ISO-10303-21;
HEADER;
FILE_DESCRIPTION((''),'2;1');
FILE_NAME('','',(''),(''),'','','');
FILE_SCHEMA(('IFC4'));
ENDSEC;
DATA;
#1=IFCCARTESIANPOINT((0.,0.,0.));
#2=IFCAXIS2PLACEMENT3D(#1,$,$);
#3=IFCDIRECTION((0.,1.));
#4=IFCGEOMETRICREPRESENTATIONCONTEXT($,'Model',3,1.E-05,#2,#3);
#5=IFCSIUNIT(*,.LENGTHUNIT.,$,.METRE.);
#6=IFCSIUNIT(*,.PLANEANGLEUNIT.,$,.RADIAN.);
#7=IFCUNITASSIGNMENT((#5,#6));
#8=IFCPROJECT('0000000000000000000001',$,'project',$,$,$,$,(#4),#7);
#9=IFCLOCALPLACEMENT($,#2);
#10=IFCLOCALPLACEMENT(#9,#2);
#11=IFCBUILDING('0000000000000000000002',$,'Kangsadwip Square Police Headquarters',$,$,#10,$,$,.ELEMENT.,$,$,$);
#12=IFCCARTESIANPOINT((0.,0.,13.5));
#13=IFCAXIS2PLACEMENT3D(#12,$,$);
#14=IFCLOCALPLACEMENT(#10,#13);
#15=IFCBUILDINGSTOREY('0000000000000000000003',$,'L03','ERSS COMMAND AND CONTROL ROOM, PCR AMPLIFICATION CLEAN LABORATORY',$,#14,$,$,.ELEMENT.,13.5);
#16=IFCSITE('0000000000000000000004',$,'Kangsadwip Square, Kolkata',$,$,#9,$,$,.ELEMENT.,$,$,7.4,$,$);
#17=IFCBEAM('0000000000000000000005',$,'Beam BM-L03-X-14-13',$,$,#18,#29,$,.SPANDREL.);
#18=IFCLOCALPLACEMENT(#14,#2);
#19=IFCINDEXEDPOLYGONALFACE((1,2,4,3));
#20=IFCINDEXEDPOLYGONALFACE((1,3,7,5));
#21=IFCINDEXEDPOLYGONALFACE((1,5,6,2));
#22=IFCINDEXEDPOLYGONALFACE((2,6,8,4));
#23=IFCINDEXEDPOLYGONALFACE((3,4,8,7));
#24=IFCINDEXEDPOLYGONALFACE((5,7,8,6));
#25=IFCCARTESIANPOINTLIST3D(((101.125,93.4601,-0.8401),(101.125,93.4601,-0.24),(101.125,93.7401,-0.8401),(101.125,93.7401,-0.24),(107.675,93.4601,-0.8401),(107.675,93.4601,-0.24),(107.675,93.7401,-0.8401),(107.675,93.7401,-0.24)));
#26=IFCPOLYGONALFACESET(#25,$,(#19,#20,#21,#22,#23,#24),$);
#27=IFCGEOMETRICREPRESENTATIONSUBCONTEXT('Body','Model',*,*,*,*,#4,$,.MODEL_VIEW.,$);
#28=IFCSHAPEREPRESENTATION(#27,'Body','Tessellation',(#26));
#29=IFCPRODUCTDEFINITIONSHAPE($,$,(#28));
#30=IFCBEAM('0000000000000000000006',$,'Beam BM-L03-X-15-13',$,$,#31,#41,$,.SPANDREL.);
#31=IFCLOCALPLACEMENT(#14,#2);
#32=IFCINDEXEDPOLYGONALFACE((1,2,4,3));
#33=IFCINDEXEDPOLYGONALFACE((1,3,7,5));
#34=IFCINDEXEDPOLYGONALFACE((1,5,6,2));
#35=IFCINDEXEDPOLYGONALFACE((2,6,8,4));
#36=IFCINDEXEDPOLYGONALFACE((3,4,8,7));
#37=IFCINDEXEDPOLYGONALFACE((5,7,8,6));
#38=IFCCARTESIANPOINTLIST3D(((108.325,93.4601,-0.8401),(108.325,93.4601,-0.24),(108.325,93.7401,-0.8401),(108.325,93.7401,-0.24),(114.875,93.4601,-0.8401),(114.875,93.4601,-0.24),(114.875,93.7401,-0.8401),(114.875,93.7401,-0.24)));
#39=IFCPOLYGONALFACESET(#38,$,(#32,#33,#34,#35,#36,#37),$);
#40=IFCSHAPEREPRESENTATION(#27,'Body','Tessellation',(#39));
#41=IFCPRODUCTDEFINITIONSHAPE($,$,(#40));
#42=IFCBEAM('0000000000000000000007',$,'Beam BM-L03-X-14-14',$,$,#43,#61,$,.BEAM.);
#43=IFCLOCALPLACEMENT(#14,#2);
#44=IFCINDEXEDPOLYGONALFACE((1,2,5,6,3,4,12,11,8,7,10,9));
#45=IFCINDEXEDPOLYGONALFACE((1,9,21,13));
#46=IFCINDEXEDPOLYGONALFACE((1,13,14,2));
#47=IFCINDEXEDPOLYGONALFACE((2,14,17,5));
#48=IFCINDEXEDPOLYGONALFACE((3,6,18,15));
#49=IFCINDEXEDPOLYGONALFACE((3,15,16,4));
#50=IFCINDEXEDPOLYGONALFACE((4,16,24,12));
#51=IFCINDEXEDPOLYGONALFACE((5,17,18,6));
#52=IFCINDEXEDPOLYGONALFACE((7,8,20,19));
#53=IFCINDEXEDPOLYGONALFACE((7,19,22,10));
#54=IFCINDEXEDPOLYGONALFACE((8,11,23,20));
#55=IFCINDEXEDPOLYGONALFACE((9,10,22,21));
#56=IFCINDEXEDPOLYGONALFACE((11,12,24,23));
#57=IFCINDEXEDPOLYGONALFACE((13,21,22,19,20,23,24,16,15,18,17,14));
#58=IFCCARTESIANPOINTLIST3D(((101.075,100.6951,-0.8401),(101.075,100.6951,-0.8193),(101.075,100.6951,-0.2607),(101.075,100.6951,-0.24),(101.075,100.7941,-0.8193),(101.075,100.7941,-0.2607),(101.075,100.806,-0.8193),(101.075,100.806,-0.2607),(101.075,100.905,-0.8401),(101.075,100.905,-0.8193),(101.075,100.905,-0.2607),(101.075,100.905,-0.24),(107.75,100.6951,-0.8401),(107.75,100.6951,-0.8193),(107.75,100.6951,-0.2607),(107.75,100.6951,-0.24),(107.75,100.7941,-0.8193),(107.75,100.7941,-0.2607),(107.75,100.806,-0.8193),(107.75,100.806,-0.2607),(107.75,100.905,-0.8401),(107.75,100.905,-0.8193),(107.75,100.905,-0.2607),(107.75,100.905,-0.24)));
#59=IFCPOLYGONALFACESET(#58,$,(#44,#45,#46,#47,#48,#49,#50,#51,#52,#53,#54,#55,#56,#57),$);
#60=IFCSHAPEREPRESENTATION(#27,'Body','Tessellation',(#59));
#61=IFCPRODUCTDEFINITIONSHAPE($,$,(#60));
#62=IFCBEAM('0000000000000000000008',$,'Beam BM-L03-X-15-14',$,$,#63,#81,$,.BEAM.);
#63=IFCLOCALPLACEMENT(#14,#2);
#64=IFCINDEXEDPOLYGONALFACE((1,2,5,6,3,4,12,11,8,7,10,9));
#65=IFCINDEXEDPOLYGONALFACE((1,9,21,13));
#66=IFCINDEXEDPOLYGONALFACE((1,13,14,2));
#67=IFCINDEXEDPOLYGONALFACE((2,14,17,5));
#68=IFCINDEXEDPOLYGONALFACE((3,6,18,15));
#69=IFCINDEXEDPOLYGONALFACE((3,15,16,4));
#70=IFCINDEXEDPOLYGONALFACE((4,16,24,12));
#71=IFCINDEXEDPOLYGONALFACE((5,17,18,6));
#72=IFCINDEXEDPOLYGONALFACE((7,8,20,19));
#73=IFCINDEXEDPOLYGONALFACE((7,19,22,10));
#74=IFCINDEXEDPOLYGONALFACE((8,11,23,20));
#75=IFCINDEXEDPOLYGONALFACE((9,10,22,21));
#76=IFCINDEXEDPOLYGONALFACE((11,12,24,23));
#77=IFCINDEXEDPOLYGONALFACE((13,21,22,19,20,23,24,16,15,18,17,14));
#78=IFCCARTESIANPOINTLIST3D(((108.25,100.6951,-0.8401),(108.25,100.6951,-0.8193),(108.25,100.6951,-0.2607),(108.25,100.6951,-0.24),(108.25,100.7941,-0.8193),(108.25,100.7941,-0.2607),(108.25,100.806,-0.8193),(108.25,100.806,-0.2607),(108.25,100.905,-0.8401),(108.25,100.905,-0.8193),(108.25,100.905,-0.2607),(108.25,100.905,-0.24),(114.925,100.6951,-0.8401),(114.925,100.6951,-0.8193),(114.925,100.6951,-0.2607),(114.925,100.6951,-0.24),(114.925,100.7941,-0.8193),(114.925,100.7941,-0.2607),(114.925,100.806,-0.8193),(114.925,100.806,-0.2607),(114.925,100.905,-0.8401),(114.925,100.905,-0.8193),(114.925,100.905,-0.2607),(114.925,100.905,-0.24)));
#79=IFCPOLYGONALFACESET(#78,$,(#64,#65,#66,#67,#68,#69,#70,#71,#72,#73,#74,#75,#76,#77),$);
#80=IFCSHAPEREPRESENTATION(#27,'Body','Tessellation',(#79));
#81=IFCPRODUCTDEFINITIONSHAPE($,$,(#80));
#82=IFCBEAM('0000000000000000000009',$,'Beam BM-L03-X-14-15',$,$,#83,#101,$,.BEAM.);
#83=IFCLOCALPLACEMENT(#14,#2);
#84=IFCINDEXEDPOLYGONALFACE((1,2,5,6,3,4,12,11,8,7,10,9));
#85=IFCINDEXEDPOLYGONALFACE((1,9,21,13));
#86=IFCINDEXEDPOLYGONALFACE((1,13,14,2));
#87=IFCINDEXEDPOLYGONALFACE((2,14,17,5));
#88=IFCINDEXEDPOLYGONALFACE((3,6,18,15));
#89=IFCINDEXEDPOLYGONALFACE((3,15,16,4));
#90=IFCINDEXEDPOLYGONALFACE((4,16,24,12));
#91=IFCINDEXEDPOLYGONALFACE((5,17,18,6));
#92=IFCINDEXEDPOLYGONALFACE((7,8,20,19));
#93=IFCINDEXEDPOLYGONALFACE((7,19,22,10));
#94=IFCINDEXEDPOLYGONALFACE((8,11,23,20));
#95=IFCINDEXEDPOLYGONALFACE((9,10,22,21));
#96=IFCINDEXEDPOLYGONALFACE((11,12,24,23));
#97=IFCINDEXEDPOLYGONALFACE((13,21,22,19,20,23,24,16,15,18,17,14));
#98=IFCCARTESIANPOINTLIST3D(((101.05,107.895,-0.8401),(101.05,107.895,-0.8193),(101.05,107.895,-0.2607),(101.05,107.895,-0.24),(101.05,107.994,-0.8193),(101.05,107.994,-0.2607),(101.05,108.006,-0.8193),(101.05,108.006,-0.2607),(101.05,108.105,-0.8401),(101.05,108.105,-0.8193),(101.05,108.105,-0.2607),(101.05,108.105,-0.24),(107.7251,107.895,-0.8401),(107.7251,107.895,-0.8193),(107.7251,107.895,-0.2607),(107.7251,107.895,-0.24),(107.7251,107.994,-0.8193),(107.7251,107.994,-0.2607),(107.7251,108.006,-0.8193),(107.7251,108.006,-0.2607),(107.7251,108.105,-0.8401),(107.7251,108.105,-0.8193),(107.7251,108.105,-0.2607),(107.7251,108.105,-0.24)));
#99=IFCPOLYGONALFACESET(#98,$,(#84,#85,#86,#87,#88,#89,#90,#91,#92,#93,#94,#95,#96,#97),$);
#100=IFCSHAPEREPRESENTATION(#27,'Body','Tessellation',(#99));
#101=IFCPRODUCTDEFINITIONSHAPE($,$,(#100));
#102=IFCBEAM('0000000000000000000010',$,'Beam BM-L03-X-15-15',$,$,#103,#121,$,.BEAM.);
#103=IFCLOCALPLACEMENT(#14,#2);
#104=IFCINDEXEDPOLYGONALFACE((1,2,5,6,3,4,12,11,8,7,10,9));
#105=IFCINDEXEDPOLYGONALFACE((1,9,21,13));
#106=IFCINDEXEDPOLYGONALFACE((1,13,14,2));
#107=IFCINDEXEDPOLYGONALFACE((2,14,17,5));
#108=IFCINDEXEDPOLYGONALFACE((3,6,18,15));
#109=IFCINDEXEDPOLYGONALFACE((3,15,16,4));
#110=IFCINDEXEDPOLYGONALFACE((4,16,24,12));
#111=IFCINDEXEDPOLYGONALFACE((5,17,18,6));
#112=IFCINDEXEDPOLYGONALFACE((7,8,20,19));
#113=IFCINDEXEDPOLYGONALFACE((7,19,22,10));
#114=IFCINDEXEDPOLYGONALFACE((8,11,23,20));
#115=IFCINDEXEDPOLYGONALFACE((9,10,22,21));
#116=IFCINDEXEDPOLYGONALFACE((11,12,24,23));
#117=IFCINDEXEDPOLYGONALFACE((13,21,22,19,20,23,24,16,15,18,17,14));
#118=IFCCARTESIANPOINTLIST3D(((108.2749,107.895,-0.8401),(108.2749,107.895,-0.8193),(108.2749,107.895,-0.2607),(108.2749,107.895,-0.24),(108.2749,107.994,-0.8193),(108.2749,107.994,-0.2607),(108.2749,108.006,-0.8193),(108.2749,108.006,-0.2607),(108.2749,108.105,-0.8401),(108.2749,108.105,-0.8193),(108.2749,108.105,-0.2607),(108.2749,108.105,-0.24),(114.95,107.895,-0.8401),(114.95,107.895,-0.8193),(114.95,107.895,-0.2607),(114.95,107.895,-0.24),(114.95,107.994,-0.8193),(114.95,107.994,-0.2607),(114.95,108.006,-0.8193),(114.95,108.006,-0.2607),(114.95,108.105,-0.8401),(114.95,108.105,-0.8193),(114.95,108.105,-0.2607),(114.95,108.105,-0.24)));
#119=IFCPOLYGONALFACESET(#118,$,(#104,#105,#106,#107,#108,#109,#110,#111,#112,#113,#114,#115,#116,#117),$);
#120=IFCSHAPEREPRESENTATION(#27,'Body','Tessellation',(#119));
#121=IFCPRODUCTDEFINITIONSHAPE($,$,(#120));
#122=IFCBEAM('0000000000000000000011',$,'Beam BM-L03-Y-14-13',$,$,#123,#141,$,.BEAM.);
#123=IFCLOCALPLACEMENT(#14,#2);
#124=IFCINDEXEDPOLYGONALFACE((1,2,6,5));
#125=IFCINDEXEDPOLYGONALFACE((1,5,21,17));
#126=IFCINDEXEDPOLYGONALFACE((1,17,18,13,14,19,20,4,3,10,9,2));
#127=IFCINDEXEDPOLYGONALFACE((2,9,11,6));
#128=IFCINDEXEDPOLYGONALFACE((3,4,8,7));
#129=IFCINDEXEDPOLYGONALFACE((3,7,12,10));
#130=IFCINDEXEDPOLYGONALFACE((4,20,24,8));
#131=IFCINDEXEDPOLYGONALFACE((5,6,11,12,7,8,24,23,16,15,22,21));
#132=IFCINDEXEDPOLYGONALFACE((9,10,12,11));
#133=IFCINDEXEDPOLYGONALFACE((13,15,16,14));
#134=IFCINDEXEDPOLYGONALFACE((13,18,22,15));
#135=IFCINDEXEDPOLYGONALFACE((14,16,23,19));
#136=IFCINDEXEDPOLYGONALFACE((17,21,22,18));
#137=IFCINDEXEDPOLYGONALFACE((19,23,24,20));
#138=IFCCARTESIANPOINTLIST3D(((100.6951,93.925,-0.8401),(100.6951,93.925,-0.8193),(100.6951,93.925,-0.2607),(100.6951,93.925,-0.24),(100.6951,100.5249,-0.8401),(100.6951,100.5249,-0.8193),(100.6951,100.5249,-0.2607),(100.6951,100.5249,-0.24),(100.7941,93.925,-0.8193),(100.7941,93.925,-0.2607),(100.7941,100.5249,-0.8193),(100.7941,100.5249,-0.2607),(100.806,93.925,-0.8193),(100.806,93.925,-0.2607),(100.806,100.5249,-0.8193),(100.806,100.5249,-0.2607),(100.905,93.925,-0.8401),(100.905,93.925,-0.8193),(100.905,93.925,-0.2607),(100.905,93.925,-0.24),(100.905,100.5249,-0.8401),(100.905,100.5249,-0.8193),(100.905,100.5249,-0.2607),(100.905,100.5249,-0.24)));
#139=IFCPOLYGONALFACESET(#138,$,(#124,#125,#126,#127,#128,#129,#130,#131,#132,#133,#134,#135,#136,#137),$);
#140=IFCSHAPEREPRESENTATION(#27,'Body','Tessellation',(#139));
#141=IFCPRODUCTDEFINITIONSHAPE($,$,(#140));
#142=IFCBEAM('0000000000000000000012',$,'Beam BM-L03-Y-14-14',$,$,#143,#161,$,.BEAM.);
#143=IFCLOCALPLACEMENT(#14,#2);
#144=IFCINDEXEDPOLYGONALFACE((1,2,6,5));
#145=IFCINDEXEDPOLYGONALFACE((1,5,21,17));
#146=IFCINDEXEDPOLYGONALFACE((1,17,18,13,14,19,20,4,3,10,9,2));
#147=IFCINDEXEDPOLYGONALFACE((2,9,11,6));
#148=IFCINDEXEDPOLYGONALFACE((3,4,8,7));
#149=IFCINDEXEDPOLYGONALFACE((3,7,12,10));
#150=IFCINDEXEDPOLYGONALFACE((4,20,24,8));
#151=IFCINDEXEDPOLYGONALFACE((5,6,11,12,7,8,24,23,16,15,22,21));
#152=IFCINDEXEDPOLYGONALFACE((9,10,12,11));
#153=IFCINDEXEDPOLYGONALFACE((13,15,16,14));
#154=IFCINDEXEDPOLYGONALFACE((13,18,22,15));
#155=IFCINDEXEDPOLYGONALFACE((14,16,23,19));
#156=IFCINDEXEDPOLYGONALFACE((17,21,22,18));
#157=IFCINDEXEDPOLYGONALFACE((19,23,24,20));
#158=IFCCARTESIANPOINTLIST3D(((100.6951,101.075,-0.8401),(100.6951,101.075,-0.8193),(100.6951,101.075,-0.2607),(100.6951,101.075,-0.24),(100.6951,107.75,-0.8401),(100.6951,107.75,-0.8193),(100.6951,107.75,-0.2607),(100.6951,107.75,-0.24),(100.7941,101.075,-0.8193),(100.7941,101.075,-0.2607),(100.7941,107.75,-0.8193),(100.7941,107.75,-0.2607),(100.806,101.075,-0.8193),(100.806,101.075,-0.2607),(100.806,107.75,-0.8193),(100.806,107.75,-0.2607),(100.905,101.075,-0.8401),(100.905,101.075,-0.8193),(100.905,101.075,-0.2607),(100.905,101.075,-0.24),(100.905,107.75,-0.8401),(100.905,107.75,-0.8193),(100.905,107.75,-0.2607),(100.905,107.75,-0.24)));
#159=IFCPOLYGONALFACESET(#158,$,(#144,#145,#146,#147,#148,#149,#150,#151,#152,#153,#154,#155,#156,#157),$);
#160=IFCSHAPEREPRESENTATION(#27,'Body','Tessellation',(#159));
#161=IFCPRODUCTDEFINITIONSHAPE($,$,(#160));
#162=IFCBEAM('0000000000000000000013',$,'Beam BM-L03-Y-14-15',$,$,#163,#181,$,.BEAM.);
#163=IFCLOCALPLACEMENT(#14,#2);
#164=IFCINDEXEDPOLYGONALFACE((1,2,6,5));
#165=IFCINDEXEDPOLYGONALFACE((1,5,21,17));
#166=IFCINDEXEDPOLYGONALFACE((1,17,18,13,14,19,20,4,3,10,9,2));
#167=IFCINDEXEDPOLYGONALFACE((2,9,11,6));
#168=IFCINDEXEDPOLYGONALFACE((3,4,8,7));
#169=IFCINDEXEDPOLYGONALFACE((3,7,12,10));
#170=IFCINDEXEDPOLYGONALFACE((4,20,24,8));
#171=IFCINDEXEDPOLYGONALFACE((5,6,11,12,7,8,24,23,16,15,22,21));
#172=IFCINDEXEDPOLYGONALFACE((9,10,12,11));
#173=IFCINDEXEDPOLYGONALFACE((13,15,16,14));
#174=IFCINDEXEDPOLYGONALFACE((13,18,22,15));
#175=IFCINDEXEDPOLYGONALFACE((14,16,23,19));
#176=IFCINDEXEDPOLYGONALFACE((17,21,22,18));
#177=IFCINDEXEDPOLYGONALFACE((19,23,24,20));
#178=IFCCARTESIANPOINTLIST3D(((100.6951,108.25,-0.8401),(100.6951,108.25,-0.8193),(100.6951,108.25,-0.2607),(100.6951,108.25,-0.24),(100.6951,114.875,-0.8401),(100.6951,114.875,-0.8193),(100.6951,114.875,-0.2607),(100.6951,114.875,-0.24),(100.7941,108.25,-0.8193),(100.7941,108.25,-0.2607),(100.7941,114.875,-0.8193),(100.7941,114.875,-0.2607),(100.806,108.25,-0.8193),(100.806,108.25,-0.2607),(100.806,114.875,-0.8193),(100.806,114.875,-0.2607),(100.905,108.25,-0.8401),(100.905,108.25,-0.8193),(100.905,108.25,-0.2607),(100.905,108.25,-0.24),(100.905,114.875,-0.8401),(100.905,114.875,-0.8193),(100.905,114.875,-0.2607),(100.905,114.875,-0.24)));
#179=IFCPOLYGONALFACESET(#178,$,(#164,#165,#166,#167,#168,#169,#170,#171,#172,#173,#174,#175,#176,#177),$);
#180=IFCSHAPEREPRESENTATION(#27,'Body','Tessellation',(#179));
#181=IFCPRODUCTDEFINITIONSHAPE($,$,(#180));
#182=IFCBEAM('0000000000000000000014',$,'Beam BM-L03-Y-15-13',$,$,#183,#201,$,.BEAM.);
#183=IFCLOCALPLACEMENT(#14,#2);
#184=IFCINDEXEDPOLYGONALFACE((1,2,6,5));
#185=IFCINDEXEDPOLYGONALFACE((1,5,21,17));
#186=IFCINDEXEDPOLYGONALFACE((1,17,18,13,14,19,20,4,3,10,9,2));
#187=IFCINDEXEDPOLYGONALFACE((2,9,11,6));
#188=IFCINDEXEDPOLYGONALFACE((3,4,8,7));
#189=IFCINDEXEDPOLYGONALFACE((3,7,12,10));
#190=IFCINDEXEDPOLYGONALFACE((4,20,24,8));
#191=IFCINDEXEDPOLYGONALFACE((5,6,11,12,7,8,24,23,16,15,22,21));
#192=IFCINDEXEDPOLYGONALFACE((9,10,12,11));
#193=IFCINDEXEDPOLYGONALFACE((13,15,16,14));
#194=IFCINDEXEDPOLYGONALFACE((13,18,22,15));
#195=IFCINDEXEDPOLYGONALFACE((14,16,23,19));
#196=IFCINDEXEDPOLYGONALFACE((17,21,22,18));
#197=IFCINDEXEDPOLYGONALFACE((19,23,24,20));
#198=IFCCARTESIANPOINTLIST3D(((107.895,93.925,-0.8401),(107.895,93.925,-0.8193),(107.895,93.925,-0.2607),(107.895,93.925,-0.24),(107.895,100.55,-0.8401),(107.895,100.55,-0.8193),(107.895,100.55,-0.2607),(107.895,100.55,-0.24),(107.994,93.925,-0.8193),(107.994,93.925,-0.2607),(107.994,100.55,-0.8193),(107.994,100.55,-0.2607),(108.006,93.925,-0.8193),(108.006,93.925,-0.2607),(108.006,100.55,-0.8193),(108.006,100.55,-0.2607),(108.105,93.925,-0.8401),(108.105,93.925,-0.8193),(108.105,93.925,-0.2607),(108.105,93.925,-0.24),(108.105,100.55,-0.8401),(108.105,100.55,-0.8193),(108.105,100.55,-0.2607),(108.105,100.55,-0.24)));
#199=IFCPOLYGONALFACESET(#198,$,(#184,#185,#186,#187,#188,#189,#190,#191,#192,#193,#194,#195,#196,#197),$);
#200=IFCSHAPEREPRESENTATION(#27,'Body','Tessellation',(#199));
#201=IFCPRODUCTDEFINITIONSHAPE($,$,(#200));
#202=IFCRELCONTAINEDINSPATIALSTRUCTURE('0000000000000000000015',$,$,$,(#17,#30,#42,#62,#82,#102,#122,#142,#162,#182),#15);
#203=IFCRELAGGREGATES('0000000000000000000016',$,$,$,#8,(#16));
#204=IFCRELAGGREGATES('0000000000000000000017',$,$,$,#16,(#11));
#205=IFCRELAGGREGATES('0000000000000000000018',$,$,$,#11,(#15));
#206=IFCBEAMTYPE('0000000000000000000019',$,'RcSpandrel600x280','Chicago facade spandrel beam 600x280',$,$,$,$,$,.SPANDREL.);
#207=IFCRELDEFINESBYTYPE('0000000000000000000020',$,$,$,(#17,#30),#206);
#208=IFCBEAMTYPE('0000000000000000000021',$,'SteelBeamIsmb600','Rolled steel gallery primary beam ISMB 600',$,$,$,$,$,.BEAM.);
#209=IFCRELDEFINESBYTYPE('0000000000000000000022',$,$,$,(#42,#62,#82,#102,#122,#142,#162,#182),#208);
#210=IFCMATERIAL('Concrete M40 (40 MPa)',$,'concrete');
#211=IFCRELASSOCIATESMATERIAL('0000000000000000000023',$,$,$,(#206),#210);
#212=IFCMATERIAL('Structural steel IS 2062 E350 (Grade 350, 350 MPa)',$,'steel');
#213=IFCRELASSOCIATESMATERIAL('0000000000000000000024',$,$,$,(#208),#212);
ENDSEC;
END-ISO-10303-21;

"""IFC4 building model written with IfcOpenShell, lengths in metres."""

from ifc_helpers import new_model, si_unit, direction, frame, origin, origin_2d, place, context, subcontext, project, spatial, rectangle, i_section, extrude, material, material_profile, profile_set, type_object, element, save


model = new_model("IFC4")

# Units and contexts
model_context = context("Model", 3, precision=1e-05, world=origin(), true_north=direction((0.0, 1.0)))
body_context = subcontext(model_context, "Body", "Model", "MODEL_VIEW")
ifc_project = project(units=[si_unit("LENGTHUNIT", "METRE"), si_unit("PLANEANGLEUNIT", "RADIAN")], contexts=[model_context])

# Site, building, storey
site_placement = place(None, origin())
site = spatial("IfcSite", under=ifc_project, at=site_placement, Name="Kangsadwip Square, Kolkata", CompositionType="ELEMENT", RefElevation=7.4)
building_placement = place(site_placement, origin())
building = spatial("IfcBuilding", under=site, at=building_placement, Name="Kangsadwip Square Police Headquarters", CompositionType="ELEMENT")
storey_placement = place(building_placement, frame((0.0, 0.0, 13.5)))
storey = spatial("IfcBuildingStorey", under=building, at=storey_placement, Name="L03", Description="ERSS COMMAND AND CONTROL ROOM, PCR AMPLIFICATION CLEAN LABORATORY", CompositionType="ELEMENT", Elevation=13.5)

# Beams
ifc_material_1 = material(Name="Concrete M40 (40 MPa)", Category="concrete")
ifc_material_profile_1 = material_profile(ifc_material_1, rectangle(XDim=0.28, YDim=0.6001, at=origin_2d()), Name="RC SPN 600X280")
ifc_profile_set_1 = profile_set([ifc_material_profile_1], Name="Concrete M40 (40 MPa)")
beam_type_1 = type_object("IfcBeamType", Name="RcSpandrel600x280", Description="Chicago facade spandrel beam 600x280", PredefinedType="SPANDREL", material=ifc_profile_set_1)
for number, where, z_axis, x_axis, name in (
    (1, (101.125, 93.6001, -0.54), (1.0, 0.0, 0.0), (0.0, 1.0, 0.0), "Beam BM-L03-X-14-13"),
    (2, (108.325, 93.6001, -0.54), (1.0, 0.0, 0.0), (0.0, 1.0, 0.0), "Beam BM-L03-X-15-13"),
):
    element("IfcBeam", number, at=place(storey_placement, frame(where, z_axis=z_axis, x_axis=x_axis)), inside=storey, type_object=beam_type_1, Name=name, PredefinedType="SPANDREL", context=body_context, shape_type="SweptSolid", body=[
        extrude(rectangle(XDim=0.28, YDim=0.6001, at=origin_2d()), origin(), (0.0, 0.0, 1.0), 6.55),
    ])
ifc_material_2 = material(Name="Structural steel IS 2062 E350 (Grade 350, 350 MPa)", Category="steel")
ifc_material_profile_2 = material_profile(ifc_material_2, i_section(OverallWidth=0.21, OverallDepth=0.6001, WebThickness=0.012, FlangeThickness=0.0208, at=origin_2d()), Name="ISMB 600")
ifc_profile_set_2 = profile_set([ifc_material_profile_2], Name="Structural steel IS 2062 E350 (Grade 350, 350 MPa)")
beam_type_2 = type_object("IfcBeamType", Name="SteelBeamIsmb600", Description="Rolled steel gallery primary beam ISMB 600", PredefinedType="BEAM", material=ifc_profile_set_2)
for number, where, z_axis, x_axis, name in (
    (3, (101.075, 100.8, -0.54), (1.0, 0.0, 0.0), (0.0, 1.0, 0.0), "Beam BM-L03-X-14-14"),
    (4, (108.25, 100.8, -0.54), (1.0, 0.0, 0.0), (0.0, 1.0, 0.0), "Beam BM-L03-X-15-14"),
    (5, (101.05, 108.0, -0.54), (1.0, 0.0, 0.0), (0.0, 1.0, 0.0), "Beam BM-L03-X-14-15"),
    (6, (108.2749, 108.0, -0.54), (1.0, 0.0, 0.0), (0.0, 1.0, 0.0), "Beam BM-L03-X-15-15"),
):
    element("IfcBeam", number, at=place(storey_placement, frame(where, z_axis=z_axis, x_axis=x_axis)), inside=storey, type_object=beam_type_2, Name=name, PredefinedType="BEAM", context=body_context, shape_type="SweptSolid", body=[
        extrude(i_section(OverallWidth=0.21, OverallDepth=0.6001, WebThickness=0.012, FlangeThickness=0.0208, at=origin_2d()), origin(), (0.0, 0.0, 1.0), 6.675),
    ])
beam_1_placement = place(storey_placement, frame((100.8, 93.925, -0.54), z_axis=(0.0, 1.0, 0.0), x_axis=(-1.0, 0.0, 0.0)))
element("IfcBeam", 7, at=beam_1_placement, inside=storey, type_object=beam_type_2, Name="Beam BM-L03-Y-14-13", PredefinedType="BEAM", context=body_context, shape_type="SweptSolid", body=[
    extrude(i_section(OverallWidth=0.21, OverallDepth=0.6001, WebThickness=0.012, FlangeThickness=0.0208, at=origin_2d()), origin(), (0.0, 0.0, 1.0), 6.5999),
])
beam_2_placement = place(storey_placement, frame((100.8, 101.075, -0.54), z_axis=(0.0, 1.0, 0.0), x_axis=(-1.0, 0.0, 0.0)))
element("IfcBeam", 8, at=beam_2_placement, inside=storey, type_object=beam_type_2, Name="Beam BM-L03-Y-14-14", PredefinedType="BEAM", context=body_context, shape_type="SweptSolid", body=[
    extrude(i_section(OverallWidth=0.21, OverallDepth=0.6001, WebThickness=0.012, FlangeThickness=0.0208, at=origin_2d()), origin(), (0.0, 0.0, 1.0), 6.675),
])
for number, where, z_axis, x_axis, name in (
    (9, (100.8, 108.25, -0.54), (0.0, 1.0, 0.0), (-1.0, 0.0, 0.0), "Beam BM-L03-Y-14-15"),
    (10, (108.0, 93.925, -0.54), (0.0, 1.0, 0.0), (-1.0, 0.0, 0.0), "Beam BM-L03-Y-15-13"),
):
    element("IfcBeam", number, at=place(storey_placement, frame(where, z_axis=z_axis, x_axis=x_axis)), inside=storey, type_object=beam_type_2, Name=name, PredefinedType="BEAM", context=body_context, shape_type="SweptSolid", body=[
        extrude(i_section(OverallWidth=0.21, OverallDepth=0.6001, WebThickness=0.012, FlangeThickness=0.0208, at=origin_2d()), origin(), (0.0, 0.0, 1.0), 6.625),
    ])

save(model, "model.ifc")
